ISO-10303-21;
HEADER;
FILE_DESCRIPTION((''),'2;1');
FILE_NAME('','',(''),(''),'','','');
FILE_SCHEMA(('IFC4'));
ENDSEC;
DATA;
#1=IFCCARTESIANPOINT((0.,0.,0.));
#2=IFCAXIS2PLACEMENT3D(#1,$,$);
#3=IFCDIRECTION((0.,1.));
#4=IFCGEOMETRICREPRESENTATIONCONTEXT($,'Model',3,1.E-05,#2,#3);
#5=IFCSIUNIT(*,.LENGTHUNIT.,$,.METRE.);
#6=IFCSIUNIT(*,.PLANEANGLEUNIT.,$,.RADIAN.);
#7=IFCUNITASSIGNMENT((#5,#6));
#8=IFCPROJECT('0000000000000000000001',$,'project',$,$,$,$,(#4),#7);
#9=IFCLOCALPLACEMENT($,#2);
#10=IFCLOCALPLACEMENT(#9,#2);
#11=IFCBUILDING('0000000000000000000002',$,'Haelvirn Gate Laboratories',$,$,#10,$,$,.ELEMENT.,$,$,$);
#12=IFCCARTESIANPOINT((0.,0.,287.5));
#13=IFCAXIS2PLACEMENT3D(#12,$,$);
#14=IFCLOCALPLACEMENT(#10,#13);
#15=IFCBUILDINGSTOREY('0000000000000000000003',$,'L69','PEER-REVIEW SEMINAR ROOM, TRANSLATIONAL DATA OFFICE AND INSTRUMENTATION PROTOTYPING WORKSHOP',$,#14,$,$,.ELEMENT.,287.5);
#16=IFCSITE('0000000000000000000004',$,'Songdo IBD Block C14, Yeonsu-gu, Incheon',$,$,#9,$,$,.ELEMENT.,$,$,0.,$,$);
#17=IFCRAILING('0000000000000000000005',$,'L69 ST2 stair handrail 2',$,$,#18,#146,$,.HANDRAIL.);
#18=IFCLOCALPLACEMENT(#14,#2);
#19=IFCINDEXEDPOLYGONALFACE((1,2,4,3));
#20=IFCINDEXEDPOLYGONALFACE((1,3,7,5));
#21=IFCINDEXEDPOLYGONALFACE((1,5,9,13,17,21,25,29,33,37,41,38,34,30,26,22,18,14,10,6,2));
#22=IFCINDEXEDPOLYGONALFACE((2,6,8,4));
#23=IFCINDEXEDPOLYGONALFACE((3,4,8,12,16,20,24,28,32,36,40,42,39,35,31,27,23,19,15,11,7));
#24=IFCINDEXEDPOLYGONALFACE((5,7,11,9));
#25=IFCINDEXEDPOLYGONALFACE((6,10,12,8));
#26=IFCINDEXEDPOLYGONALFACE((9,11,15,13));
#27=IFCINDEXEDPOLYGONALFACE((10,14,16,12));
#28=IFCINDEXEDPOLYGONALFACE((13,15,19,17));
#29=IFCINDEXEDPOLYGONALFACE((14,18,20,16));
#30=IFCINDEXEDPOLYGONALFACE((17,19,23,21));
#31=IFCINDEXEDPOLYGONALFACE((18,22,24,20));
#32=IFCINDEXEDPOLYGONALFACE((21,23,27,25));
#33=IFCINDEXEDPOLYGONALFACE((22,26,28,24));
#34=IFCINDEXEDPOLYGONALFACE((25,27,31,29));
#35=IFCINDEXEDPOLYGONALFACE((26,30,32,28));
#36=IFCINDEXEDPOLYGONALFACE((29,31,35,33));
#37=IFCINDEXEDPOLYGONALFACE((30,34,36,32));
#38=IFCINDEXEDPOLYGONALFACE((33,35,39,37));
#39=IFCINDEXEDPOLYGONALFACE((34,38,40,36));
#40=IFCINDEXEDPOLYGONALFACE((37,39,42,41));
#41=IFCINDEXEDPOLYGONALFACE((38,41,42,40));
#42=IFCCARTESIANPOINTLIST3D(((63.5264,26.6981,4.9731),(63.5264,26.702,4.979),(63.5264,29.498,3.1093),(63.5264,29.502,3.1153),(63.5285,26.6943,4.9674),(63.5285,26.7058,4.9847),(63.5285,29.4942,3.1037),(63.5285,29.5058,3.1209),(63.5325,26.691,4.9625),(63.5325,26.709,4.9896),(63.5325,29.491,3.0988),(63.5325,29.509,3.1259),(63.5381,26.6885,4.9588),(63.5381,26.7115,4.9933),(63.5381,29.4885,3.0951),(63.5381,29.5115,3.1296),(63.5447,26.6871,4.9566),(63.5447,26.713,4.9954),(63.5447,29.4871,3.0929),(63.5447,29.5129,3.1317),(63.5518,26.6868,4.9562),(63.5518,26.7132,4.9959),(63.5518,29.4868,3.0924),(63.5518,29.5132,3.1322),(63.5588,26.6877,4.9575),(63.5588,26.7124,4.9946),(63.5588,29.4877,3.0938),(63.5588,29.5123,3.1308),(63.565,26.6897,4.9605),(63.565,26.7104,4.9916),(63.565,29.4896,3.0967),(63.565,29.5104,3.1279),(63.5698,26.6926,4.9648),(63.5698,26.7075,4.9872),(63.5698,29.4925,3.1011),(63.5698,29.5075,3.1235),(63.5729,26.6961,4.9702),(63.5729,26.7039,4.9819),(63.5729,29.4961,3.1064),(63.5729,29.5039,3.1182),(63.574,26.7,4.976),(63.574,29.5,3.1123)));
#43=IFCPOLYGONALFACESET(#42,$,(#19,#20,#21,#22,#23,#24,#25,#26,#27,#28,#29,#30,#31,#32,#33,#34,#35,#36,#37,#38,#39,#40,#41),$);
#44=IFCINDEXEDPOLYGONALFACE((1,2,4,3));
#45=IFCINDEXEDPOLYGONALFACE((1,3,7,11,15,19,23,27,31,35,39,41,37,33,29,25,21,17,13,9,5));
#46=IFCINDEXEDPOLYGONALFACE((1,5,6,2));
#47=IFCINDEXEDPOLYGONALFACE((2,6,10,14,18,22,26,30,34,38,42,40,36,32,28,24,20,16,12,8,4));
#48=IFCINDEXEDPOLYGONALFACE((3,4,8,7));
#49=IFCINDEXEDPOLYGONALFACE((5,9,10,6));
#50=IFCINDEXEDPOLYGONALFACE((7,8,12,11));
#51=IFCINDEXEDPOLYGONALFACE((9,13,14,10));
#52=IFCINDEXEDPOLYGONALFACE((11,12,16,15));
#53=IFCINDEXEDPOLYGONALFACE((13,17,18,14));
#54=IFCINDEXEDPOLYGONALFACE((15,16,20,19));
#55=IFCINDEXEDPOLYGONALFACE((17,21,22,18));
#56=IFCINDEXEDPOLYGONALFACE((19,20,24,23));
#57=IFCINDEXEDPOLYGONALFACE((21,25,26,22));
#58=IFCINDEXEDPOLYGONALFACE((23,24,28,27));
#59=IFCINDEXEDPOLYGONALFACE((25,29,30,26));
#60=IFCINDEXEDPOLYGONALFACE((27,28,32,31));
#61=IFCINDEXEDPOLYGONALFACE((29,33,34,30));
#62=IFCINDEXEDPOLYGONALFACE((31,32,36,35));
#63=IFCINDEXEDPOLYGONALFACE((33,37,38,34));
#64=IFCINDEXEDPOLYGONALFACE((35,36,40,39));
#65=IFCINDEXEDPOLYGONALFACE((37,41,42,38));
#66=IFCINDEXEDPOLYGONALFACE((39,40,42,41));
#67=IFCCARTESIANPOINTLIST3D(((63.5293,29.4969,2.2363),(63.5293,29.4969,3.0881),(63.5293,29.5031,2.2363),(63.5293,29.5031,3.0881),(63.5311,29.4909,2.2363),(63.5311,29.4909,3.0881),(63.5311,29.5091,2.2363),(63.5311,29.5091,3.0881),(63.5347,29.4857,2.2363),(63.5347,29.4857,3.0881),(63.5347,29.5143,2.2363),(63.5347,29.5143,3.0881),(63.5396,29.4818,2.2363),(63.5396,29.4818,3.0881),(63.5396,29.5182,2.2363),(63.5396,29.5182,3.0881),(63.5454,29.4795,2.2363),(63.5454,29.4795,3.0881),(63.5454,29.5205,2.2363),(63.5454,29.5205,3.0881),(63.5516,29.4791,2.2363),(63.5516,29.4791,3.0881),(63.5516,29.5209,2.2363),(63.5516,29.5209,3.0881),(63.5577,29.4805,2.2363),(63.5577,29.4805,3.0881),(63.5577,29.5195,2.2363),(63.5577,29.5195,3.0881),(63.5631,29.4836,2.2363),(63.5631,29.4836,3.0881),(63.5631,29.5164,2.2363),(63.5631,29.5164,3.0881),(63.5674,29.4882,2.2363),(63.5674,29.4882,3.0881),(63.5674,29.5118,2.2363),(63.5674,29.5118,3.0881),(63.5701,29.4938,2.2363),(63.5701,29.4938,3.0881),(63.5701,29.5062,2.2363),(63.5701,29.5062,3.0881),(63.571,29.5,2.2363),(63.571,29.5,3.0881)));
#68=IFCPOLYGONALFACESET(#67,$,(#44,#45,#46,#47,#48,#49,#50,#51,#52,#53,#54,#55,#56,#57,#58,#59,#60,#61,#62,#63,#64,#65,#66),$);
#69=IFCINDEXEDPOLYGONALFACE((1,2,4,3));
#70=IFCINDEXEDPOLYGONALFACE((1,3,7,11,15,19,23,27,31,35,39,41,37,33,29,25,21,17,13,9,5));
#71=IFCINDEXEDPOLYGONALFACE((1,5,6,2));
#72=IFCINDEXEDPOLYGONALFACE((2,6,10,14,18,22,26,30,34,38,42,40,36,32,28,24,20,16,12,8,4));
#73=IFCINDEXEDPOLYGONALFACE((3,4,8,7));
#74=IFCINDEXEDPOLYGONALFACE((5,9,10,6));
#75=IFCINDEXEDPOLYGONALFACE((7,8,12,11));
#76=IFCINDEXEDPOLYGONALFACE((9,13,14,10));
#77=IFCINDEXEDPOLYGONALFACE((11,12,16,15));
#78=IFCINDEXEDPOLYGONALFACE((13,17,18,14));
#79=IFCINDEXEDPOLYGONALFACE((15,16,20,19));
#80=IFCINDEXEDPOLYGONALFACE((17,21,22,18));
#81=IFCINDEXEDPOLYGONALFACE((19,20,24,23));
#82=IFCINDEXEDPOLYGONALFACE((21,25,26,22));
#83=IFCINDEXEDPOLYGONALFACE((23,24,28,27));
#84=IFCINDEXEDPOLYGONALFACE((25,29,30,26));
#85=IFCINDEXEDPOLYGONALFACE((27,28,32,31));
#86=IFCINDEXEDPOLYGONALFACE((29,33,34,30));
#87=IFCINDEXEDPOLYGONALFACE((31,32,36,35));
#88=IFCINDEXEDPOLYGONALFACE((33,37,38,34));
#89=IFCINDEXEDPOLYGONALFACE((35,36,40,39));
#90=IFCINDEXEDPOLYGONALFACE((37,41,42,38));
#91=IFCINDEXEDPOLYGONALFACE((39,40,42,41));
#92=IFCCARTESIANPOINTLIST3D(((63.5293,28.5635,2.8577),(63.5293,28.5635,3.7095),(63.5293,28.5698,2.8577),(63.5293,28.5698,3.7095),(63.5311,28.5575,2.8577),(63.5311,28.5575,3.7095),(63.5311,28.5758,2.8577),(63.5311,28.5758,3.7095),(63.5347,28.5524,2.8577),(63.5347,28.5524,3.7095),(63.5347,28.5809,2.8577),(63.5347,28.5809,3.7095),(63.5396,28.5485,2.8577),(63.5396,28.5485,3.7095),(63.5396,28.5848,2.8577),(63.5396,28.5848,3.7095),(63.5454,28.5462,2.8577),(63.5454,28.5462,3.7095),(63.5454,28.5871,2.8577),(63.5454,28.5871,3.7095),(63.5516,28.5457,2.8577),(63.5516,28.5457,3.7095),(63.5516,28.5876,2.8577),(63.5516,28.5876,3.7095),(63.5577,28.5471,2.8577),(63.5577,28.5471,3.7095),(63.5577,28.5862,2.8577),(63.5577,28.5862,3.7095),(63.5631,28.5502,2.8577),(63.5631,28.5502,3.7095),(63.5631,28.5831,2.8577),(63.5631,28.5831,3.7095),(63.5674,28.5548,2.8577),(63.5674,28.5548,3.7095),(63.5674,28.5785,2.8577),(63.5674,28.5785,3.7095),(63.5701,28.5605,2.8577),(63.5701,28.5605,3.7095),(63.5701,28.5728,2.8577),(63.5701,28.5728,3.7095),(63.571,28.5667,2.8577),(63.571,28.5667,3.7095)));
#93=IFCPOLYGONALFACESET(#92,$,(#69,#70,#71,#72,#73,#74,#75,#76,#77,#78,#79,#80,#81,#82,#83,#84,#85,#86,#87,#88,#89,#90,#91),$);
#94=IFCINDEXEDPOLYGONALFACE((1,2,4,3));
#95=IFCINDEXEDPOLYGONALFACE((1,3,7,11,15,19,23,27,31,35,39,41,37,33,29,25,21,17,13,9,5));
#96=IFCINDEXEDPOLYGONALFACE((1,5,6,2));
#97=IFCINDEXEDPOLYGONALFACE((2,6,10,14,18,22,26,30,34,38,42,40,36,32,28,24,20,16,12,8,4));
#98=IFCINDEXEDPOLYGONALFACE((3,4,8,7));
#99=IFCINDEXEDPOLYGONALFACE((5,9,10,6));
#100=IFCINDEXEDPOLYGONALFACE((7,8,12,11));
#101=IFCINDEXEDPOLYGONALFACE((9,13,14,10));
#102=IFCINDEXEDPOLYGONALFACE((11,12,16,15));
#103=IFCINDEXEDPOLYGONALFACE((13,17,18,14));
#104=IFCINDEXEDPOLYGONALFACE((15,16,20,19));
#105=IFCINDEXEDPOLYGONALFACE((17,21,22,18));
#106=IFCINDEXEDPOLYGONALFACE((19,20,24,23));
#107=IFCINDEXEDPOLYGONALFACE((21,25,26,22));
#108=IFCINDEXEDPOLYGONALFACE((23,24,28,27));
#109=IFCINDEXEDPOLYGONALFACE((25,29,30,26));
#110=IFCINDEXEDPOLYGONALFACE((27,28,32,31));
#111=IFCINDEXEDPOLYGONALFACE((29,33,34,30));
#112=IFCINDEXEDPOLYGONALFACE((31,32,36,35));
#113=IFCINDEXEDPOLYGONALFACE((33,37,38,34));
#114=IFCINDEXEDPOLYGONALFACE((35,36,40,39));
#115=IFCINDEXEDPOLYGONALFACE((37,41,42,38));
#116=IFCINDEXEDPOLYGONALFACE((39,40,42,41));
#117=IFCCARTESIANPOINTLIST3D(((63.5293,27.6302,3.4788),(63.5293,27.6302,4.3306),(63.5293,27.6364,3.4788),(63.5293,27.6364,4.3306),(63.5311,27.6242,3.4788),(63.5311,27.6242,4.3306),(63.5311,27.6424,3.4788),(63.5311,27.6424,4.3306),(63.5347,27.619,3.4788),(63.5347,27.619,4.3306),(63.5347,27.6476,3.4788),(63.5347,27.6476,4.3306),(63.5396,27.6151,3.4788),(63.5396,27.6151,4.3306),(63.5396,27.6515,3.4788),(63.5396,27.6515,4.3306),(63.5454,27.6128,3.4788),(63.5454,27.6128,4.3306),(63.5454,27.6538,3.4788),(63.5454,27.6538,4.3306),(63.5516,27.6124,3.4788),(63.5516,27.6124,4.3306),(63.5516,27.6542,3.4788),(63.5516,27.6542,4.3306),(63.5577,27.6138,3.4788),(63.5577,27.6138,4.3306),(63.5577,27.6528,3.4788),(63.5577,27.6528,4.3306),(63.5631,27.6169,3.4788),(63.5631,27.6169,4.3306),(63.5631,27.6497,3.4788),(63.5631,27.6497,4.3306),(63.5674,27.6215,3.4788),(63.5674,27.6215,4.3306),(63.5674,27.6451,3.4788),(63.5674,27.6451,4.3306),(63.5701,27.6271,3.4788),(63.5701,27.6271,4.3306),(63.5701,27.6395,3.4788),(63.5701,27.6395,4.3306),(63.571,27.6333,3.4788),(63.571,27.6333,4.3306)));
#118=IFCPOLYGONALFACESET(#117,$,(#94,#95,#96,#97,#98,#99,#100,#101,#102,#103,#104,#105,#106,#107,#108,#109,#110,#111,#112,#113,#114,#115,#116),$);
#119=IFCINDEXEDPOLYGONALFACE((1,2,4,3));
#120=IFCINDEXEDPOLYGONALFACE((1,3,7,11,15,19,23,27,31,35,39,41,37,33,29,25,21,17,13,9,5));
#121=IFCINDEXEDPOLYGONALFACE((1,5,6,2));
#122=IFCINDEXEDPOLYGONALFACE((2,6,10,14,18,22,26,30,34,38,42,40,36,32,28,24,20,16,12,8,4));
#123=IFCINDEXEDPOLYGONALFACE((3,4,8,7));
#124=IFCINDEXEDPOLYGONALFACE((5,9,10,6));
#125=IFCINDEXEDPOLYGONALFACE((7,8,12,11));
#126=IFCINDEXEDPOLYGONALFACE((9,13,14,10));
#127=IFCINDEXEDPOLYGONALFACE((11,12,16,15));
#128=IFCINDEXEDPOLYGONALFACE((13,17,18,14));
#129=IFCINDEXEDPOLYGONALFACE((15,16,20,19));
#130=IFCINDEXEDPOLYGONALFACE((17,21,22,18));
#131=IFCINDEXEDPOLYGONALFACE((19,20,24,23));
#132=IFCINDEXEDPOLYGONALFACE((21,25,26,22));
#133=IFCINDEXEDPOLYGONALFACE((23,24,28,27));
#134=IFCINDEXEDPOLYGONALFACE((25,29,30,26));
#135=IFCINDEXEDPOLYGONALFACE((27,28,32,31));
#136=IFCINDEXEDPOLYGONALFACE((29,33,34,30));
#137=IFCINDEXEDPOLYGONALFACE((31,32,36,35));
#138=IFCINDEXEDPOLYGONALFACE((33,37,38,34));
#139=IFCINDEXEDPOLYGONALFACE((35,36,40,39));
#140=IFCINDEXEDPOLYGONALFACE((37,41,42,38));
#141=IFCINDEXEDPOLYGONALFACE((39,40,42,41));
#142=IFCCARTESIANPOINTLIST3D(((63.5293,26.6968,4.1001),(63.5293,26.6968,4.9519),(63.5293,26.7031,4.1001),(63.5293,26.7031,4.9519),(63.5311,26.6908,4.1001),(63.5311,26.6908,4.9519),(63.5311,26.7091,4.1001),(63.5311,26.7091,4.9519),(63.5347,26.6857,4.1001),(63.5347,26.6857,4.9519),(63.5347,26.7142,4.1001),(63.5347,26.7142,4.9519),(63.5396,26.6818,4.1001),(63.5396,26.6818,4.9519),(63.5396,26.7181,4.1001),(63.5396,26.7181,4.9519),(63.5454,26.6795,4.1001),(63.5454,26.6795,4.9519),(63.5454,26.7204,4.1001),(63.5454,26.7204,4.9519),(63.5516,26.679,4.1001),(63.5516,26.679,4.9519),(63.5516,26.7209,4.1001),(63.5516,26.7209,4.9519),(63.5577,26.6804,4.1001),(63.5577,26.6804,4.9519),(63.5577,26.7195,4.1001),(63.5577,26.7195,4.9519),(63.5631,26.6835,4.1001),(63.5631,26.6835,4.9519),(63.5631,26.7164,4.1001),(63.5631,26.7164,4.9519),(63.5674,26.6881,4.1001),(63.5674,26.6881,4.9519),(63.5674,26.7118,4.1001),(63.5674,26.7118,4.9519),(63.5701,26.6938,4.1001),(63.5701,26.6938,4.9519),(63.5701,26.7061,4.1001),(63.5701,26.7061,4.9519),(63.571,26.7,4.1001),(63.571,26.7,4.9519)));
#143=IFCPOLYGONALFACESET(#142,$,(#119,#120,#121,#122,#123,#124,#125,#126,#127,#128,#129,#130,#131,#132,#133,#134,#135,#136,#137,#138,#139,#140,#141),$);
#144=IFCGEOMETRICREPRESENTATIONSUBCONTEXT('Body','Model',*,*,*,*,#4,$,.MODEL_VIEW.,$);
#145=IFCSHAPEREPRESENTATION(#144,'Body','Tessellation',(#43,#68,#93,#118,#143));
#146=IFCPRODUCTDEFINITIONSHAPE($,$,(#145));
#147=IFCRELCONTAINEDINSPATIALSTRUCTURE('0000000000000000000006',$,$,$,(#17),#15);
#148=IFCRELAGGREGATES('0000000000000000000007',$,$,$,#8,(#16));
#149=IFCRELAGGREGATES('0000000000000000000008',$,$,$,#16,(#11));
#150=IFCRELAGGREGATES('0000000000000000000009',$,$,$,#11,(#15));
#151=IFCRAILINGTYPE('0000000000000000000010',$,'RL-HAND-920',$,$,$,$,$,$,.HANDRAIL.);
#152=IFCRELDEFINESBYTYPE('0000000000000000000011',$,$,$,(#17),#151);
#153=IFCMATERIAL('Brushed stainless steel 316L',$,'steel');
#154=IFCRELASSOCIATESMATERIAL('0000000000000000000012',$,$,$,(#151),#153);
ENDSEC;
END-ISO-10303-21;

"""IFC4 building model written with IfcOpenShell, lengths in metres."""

from ifc_helpers import new_model, si_unit, direction, frame, origin, origin_2d, place, context, subcontext, project, spatial, circle, extrude, source, transform, mapped, material, type_object, element, save


model = new_model("IFC4")

# Units and contexts
model_context = context("Model", 3, precision=1e-05, world=origin(), true_north=direction((0.0, 1.0)))
body_context = subcontext(model_context, "Body", "Model", "MODEL_VIEW")
ifc_project = project(units=[si_unit("LENGTHUNIT", "METRE"), si_unit("PLANEANGLEUNIT", "RADIAN")], contexts=[model_context])

# Site, building, storey
site_placement = place(None, origin())
site = spatial("IfcSite", under=ifc_project, at=site_placement, Name="Songdo IBD Block C14, Yeonsu-gu, Incheon", CompositionType="ELEMENT", RefElevation=0.0)
building_placement = place(site_placement, origin())
building = spatial("IfcBuilding", under=site, at=building_placement, Name="Haelvirn Gate Laboratories", CompositionType="ELEMENT")
storey_placement = place(building_placement, frame((0.0, 0.0, 287.5)))
storey = spatial("IfcBuildingStorey", under=building, at=storey_placement, Name="L69", Description="PEER-REVIEW SEMINAR ROOM, TRANSLATIONAL DATA OFFICE AND INSTRUMENTATION PROTOTYPING WORKSHOP", CompositionType="ELEMENT", Elevation=287.5)

# Railing
ifc_material_1 = material(Name="Brushed stainless steel 316L", Category="steel")
railing_type_1 = type_object("IfcRailingType", Name="RL-HAND-920", PredefinedType="HANDRAIL", material=ifc_material_1)
shared_shape_1 = source(origin(), body_context, "Body", "SweptSolid", [
    extrude(circle(Radius=0.0239, at=origin_2d()), frame((0.0, 0.0, 0.876), z_axis=(0.0, -0.832452, 0.554097), x_axis=(1.0, 0.0, 0.0)), (0.0, 0.0, 1.0), 3.3635),
    extrude(circle(Radius=0.021, at=origin_2d()), origin(), (0.0, 0.0, 1.0), 0.8518),
    extrude(circle(Radius=0.021, at=origin_2d()), frame((0.0, -0.9333, 0.6213)), (0.0, 0.0, 1.0), 0.8518),
    extrude(circle(Radius=0.021, at=origin_2d()), frame((0.0, -1.8667, 1.2424)), (0.0, 0.0, 1.0), 0.8518),
    extrude(circle(Radius=0.021, at=origin_2d()), frame((0.0, -2.8, 1.8638)), (0.0, 0.0, 1.0), 0.8518),
])
railing_1_placement = place(storey_placement, frame((63.55, 29.5, 2.2363)))
element("IfcRailing", 1, at=railing_1_placement, inside=storey, type_object=railing_type_1, Name="L69 ST2 stair handrail 2", PredefinedType="HANDRAIL", context=body_context, shape_type="MappedRepresentation", body=[
    mapped(shared_shape_1, transform((0.0, 0.0, 0.0), scale=1.0)),
])

save(model, "model.ifc")
